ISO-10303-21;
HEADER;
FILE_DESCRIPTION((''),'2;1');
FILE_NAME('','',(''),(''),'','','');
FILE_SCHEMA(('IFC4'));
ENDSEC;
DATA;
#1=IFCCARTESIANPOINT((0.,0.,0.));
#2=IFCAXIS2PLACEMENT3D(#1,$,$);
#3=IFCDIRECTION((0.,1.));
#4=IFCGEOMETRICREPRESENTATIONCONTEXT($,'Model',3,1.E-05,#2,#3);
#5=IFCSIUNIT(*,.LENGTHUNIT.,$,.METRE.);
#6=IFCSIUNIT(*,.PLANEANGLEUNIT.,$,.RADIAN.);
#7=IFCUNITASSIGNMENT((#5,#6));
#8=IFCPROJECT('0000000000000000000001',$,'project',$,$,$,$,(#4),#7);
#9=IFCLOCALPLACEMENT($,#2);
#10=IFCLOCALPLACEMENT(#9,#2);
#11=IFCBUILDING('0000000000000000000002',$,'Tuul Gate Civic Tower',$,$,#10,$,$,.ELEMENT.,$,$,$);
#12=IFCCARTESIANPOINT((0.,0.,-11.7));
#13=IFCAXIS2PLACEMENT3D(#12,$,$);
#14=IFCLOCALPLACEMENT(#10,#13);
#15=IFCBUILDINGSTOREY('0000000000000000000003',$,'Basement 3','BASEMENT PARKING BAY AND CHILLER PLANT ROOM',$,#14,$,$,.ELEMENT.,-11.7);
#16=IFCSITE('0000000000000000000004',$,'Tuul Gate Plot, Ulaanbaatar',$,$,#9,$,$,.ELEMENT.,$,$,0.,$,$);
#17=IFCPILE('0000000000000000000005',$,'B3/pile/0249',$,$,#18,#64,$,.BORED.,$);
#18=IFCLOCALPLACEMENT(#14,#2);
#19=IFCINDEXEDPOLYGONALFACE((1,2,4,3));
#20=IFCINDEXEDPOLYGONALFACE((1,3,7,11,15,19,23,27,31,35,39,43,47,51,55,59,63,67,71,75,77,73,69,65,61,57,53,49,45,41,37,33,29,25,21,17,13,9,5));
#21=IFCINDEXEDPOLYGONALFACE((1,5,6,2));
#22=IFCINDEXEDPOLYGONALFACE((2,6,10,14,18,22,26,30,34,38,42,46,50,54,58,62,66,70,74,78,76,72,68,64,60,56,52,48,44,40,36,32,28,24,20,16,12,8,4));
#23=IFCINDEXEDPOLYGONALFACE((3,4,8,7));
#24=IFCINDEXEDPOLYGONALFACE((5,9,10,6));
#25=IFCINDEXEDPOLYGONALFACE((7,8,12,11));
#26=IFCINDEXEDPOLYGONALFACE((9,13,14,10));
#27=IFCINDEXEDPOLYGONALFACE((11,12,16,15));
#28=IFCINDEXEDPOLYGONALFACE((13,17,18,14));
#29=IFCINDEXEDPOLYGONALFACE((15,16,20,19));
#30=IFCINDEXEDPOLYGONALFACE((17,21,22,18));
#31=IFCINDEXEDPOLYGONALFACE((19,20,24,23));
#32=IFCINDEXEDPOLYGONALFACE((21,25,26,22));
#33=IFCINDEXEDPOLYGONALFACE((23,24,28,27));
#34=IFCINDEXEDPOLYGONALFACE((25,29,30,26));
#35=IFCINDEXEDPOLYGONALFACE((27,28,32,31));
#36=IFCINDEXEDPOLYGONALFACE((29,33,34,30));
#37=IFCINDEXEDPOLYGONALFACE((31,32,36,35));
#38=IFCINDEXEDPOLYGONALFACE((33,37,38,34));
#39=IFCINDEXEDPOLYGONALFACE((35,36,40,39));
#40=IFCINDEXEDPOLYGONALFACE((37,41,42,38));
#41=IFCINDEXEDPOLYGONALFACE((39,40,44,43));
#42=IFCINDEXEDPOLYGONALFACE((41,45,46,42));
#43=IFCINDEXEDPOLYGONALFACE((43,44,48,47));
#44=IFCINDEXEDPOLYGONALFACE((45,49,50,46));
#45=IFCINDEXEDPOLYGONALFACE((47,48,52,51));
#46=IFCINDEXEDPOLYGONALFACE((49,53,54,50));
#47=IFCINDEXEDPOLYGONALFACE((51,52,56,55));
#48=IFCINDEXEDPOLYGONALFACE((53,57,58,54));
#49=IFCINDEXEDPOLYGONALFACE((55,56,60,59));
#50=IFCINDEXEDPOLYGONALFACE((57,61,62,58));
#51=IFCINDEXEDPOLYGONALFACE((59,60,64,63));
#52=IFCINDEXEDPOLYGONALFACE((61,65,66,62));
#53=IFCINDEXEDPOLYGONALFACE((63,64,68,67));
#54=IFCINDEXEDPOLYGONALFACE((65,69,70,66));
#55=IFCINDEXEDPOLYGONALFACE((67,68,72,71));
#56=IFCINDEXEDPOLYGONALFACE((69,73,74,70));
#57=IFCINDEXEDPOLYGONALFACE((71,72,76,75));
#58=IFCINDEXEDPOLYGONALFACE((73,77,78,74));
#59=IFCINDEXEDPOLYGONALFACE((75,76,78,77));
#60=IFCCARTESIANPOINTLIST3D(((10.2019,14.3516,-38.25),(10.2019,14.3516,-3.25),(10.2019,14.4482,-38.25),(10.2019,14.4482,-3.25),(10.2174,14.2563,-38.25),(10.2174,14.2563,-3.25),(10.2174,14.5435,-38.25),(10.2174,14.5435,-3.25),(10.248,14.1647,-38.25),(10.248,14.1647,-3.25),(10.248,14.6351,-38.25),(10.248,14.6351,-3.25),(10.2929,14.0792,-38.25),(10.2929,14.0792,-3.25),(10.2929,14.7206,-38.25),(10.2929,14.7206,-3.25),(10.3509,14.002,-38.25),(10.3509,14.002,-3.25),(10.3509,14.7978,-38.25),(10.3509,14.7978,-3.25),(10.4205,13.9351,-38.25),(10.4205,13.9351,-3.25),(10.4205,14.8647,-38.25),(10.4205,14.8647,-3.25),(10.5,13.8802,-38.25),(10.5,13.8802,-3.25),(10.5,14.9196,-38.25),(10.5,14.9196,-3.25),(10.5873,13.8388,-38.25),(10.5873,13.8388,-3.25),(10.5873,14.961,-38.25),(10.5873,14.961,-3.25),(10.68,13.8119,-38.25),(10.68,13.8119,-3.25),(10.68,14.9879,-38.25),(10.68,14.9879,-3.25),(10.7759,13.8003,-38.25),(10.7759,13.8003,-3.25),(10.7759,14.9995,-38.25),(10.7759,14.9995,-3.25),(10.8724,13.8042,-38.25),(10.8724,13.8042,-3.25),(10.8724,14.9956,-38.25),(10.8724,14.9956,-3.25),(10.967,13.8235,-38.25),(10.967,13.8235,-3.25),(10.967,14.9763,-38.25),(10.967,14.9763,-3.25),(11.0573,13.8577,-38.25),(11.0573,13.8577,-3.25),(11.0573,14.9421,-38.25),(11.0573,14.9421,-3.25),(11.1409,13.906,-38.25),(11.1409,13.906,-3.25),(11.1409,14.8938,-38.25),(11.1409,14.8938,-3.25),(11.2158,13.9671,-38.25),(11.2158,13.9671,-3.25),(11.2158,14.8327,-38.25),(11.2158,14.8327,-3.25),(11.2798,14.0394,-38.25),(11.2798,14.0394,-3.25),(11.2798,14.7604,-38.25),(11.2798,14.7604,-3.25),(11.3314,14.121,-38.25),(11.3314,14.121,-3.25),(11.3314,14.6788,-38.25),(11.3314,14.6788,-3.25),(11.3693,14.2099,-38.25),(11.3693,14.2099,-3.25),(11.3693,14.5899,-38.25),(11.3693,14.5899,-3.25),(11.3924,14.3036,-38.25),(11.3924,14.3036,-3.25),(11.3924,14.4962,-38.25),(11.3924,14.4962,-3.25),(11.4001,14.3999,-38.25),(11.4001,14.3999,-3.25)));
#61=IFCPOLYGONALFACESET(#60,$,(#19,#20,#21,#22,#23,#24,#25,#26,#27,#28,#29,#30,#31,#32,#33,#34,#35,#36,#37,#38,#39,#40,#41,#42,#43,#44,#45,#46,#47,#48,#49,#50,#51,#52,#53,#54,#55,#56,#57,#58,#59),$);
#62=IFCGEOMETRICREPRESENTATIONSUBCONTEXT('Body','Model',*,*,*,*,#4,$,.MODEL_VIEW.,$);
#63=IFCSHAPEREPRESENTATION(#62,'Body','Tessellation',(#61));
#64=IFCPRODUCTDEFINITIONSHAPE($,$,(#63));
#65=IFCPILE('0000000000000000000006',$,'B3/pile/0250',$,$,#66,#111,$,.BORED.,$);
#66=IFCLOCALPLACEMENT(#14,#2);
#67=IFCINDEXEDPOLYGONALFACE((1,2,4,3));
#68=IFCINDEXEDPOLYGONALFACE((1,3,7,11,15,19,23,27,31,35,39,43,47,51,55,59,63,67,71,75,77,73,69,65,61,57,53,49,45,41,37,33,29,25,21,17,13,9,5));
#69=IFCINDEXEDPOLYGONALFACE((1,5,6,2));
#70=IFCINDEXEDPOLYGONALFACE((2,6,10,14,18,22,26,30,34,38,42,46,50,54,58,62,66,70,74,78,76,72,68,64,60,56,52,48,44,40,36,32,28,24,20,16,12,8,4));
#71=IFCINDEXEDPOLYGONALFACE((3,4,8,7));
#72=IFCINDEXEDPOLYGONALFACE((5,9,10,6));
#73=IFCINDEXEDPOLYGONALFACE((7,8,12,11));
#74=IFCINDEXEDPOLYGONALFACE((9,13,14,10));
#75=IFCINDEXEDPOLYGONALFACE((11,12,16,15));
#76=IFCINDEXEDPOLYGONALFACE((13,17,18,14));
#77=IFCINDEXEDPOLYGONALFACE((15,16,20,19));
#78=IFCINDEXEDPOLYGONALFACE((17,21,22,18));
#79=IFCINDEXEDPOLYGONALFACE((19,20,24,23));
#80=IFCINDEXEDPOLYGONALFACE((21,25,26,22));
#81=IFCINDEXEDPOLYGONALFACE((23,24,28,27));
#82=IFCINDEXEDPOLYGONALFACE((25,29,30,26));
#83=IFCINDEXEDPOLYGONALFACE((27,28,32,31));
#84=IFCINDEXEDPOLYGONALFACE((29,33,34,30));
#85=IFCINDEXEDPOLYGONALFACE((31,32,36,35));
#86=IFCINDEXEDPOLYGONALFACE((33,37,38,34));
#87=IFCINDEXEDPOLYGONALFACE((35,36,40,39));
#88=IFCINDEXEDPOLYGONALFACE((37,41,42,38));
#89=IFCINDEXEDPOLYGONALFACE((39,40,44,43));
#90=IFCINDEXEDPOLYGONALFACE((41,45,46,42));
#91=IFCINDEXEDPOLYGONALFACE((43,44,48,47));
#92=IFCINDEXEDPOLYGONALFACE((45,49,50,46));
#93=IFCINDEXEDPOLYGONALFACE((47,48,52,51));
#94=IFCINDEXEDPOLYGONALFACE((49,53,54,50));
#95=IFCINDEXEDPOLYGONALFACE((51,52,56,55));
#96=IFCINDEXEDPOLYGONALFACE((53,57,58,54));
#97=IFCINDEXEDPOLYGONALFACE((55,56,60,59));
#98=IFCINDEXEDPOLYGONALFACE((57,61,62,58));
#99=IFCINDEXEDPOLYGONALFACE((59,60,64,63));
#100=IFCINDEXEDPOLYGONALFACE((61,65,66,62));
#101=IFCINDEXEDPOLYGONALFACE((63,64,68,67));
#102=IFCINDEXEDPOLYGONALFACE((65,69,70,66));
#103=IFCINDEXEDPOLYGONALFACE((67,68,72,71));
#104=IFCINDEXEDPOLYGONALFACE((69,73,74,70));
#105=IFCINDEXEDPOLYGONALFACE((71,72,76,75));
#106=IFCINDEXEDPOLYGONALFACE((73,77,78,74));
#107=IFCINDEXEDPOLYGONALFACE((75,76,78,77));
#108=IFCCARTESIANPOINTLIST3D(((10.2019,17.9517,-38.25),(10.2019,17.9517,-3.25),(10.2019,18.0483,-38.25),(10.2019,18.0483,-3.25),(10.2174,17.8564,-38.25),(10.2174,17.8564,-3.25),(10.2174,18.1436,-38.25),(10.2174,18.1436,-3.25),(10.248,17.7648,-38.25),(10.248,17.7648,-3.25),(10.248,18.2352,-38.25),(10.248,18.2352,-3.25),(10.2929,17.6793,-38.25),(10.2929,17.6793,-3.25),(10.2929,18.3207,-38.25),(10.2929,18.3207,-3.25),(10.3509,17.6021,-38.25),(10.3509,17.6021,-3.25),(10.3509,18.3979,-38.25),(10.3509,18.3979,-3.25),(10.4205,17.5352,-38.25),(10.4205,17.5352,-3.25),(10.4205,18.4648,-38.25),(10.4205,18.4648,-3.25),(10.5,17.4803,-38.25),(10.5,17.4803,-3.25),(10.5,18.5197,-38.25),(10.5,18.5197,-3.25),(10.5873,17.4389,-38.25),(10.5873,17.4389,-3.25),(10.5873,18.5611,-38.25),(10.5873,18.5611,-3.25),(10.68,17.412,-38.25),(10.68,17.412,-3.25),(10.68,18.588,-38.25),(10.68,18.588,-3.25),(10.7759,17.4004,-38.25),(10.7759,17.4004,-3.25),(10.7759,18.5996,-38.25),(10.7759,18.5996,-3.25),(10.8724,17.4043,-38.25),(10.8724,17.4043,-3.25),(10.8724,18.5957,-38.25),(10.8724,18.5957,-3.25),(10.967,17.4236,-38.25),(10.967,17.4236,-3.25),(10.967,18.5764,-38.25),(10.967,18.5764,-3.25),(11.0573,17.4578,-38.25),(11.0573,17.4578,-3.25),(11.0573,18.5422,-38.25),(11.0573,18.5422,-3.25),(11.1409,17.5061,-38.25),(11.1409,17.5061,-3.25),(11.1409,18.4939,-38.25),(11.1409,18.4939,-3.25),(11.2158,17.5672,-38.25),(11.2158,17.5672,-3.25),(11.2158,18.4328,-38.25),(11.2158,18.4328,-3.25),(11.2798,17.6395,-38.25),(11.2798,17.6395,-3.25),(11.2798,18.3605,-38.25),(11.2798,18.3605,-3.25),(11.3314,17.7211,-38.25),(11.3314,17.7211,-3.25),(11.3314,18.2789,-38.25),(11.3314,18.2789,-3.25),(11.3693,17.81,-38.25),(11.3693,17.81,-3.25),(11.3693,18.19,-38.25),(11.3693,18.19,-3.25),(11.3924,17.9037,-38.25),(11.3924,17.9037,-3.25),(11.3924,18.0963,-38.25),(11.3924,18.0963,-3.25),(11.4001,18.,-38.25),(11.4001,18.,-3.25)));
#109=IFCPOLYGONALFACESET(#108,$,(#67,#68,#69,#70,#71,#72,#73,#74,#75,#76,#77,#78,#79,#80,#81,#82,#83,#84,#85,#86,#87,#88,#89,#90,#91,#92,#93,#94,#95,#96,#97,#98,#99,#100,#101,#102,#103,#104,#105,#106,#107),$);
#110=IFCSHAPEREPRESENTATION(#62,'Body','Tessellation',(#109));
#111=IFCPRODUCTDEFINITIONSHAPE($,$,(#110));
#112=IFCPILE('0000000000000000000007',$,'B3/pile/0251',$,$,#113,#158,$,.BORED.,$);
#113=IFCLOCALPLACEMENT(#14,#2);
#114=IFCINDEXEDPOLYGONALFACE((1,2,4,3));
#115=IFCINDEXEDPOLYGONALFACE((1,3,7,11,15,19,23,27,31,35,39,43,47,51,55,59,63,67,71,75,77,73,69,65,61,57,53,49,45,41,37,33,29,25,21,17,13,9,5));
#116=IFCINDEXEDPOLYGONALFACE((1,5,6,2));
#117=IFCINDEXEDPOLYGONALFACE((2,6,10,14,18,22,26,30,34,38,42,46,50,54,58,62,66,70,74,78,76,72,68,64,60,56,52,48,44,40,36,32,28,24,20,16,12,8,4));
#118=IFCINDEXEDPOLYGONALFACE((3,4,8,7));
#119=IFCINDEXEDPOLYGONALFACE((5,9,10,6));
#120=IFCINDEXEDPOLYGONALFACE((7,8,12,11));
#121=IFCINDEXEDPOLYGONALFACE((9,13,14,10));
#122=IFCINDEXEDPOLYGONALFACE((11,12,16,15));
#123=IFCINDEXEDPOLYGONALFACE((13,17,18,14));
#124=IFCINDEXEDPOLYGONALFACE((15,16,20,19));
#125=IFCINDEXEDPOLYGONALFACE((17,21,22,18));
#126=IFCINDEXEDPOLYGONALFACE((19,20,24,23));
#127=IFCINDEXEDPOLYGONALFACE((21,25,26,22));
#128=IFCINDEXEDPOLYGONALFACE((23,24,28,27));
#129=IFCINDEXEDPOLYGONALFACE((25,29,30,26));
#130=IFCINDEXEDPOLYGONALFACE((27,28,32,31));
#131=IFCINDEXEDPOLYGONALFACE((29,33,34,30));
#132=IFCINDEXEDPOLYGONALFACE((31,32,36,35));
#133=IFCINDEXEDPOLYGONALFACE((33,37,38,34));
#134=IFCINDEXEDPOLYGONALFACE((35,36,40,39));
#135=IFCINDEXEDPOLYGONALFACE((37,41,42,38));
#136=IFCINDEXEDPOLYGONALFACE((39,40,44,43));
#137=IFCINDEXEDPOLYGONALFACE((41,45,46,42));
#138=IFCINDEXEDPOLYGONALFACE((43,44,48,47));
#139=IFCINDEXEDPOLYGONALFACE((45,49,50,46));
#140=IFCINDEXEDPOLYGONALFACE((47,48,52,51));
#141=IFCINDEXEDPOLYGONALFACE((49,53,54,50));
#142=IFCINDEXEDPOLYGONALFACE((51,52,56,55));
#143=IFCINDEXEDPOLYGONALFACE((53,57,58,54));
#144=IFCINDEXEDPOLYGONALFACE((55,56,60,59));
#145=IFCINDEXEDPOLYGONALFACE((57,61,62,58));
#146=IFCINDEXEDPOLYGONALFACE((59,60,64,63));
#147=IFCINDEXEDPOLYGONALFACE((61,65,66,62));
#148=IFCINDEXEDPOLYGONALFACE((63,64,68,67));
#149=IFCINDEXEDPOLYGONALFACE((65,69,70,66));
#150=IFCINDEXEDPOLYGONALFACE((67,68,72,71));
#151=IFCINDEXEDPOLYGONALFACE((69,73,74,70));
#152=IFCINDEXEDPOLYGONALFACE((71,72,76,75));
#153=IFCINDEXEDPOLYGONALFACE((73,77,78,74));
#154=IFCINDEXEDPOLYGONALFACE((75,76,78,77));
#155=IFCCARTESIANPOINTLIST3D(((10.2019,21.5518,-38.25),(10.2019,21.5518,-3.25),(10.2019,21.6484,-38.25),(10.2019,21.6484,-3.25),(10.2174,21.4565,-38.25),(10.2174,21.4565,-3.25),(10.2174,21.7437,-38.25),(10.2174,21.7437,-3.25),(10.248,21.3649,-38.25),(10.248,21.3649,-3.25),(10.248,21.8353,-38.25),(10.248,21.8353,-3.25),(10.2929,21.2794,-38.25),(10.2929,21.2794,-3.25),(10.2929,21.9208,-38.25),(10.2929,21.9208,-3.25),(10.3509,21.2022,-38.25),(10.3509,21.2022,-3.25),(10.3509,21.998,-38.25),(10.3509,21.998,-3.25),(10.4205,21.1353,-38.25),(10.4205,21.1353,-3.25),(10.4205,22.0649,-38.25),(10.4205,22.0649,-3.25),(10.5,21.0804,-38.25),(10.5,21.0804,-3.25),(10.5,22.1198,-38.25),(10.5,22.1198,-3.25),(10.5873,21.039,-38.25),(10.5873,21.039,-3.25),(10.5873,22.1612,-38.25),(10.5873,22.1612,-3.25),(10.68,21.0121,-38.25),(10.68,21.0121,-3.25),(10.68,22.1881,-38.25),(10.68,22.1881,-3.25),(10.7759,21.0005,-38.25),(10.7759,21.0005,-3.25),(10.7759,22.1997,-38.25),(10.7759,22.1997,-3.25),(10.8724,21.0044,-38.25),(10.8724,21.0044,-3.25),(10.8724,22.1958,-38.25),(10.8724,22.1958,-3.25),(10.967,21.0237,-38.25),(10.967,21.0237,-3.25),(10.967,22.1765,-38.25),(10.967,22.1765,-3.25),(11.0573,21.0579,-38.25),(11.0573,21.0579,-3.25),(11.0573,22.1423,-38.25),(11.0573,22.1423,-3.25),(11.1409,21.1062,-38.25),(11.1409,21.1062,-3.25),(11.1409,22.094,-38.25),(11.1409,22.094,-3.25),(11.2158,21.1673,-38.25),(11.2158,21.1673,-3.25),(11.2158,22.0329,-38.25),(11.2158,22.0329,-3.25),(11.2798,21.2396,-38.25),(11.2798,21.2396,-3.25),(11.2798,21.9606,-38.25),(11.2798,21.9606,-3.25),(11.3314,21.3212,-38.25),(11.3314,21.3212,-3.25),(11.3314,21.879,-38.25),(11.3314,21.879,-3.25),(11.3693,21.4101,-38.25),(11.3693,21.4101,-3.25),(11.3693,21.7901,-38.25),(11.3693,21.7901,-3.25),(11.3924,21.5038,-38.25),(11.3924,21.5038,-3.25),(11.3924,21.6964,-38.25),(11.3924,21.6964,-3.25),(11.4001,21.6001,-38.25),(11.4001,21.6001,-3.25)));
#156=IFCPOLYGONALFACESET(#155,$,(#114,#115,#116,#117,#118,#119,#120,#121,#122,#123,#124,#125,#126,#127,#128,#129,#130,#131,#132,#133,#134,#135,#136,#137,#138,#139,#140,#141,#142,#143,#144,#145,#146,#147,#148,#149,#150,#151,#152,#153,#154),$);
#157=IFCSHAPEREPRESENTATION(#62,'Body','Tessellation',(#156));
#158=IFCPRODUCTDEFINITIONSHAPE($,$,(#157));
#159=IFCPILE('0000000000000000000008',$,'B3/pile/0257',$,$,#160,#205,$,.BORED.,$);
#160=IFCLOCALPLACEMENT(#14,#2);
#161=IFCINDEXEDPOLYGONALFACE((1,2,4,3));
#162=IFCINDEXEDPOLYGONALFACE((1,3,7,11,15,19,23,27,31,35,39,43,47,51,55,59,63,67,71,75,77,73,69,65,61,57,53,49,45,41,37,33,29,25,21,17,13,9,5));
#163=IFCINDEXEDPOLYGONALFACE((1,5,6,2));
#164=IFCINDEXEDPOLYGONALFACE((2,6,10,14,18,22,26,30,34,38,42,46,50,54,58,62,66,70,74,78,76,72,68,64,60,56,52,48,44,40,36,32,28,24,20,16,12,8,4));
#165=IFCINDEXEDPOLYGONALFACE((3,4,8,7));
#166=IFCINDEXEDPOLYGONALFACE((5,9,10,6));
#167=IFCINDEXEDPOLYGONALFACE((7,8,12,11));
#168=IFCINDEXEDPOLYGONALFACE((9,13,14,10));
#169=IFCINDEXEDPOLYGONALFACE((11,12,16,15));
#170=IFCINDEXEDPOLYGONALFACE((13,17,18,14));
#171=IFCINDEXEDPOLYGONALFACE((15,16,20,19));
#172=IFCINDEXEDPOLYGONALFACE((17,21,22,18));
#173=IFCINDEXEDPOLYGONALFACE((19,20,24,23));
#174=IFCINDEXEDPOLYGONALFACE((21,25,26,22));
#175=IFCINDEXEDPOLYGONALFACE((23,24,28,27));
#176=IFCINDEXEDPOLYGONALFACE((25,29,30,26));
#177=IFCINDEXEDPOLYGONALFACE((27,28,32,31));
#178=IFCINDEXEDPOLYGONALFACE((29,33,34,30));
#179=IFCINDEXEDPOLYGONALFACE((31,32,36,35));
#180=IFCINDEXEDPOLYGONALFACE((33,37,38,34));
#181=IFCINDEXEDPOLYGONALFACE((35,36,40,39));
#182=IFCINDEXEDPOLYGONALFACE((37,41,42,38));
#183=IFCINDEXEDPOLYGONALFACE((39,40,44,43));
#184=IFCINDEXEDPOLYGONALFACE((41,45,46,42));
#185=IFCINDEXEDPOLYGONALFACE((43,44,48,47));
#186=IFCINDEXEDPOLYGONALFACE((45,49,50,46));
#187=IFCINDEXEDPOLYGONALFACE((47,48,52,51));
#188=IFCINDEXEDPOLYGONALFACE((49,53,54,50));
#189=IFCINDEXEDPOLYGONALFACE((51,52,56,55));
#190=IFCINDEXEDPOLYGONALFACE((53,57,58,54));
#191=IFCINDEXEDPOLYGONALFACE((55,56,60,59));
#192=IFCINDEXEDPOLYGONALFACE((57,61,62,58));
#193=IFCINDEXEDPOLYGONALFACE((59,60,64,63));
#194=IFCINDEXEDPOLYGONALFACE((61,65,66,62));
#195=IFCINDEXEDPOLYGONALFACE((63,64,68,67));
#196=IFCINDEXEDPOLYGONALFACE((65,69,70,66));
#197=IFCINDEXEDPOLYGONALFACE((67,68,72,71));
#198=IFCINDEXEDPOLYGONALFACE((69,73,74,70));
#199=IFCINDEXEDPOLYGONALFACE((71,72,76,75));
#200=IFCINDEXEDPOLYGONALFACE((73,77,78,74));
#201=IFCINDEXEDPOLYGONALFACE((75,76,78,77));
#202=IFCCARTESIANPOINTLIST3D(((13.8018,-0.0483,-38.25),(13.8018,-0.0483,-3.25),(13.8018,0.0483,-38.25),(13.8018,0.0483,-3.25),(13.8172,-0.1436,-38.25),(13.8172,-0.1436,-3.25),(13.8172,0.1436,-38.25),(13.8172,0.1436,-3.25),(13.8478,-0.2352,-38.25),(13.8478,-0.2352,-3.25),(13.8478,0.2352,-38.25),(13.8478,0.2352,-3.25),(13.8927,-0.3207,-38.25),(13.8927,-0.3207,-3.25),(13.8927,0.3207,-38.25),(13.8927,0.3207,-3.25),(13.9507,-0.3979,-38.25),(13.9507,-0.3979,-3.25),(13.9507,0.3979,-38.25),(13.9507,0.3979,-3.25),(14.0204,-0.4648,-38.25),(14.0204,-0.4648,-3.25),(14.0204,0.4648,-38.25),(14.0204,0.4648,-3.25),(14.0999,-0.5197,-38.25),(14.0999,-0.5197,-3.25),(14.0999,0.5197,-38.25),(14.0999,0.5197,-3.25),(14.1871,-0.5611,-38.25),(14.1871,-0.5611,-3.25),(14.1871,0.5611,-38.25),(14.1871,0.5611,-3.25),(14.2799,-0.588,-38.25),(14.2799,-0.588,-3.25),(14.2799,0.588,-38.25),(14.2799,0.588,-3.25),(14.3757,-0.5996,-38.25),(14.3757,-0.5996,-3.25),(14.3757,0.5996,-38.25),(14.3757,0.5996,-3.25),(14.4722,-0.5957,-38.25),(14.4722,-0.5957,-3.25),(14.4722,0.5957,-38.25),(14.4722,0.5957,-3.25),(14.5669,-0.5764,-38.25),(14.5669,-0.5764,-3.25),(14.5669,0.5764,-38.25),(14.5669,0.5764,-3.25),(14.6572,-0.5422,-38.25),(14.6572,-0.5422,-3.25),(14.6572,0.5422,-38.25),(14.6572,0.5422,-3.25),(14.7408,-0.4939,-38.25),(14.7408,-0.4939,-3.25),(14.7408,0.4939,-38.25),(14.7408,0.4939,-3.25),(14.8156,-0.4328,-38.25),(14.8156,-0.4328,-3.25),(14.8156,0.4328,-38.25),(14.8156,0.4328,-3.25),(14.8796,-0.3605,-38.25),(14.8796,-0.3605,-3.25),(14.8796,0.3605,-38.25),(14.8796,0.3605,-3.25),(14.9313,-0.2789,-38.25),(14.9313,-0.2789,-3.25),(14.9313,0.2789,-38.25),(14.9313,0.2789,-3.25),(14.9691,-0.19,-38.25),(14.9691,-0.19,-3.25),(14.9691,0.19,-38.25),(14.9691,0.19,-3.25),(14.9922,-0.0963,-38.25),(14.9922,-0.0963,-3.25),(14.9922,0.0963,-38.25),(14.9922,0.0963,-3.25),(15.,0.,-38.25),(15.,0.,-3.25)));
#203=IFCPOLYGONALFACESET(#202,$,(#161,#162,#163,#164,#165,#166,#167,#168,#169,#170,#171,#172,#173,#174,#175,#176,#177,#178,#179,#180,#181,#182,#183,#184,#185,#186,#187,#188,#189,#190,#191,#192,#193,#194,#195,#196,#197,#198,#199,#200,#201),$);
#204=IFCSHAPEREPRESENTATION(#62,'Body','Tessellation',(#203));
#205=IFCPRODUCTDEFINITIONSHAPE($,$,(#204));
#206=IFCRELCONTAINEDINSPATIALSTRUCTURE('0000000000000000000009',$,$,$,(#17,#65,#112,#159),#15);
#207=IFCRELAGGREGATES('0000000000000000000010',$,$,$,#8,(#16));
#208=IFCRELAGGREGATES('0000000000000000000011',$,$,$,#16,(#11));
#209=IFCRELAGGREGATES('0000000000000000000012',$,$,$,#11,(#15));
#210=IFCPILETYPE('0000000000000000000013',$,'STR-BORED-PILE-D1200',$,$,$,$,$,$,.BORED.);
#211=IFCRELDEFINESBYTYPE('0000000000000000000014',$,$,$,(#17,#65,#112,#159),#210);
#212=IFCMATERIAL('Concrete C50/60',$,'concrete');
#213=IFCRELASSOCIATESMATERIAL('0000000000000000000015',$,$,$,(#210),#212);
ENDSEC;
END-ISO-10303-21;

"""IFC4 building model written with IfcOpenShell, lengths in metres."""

from ifc_helpers import new_model, si_unit, direction, frame, origin, origin_2d, place, context, subcontext, project, spatial, circle, extrude, material, material_profile, profile_set, type_object, element, save


model = new_model("IFC4")

# Units and contexts
model_context = context("Model", 3, precision=1e-05, world=origin(), true_north=direction((0.0, 1.0)))
body_context = subcontext(model_context, "Body", "Model", "MODEL_VIEW")
ifc_project = project(units=[si_unit("LENGTHUNIT", "METRE"), si_unit("PLANEANGLEUNIT", "RADIAN")], contexts=[model_context])

# Site, building, storey
site_placement = place(None, origin())
site = spatial("IfcSite", under=ifc_project, at=site_placement, Name="Tuul Gate Plot, Ulaanbaatar", CompositionType="ELEMENT", RefElevation=0.0)
building_placement = place(site_placement, origin())
building = spatial("IfcBuilding", under=site, at=building_placement, Name="Tuul Gate Civic Tower", CompositionType="ELEMENT")
storey_placement = place(building_placement, frame((0.0, 0.0, -11.7)))
storey = spatial("IfcBuildingStorey", under=building, at=storey_placement, Name="Basement 3", Description="BASEMENT PARKING BAY AND CHILLER PLANT ROOM", CompositionType="ELEMENT", Elevation=-11.7)

# Piles
ifc_material_1 = material(Name="Concrete C50/60", Category="concrete")
ifc_material_profile_1 = material_profile(ifc_material_1, circle(Radius=0.6001, at=origin_2d()), Name="PILE1200")
ifc_profile_set_1 = profile_set([ifc_material_profile_1], Name="Concrete C50/60")
pile_type = type_object("IfcPileType", Name="STR-BORED-PILE-D1200", PredefinedType="BORED", material=ifc_profile_set_1)
for number, where, z_axis, x_axis, name in (
    (1, (10.8, 14.3999, -3.25), (0.0, 0.0, -1.0), (1.0, 0.0, 0.0), "B3/pile/0249"),
    (2, (10.8, 18.0, -3.25), (0.0, 0.0, -1.0), (1.0, 0.0, 0.0), "B3/pile/0250"),
    (3, (10.8, 21.6001, -3.25), (0.0, 0.0, -1.0), (1.0, 0.0, 0.0), "B3/pile/0251"),
    (4, (14.3999, 0.0, -3.25), (0.0, 0.0, -1.0), (1.0, 0.0, 0.0), "B3/pile/0257"),
):
    element("IfcPile", number, at=place(storey_placement, frame(where, z_axis=z_axis, x_axis=x_axis)), inside=storey, type_object=pile_type, Name=name, PredefinedType="BORED", context=body_context, shape_type="SweptSolid", body=[
        extrude(circle(Radius=0.6001, at=origin_2d()), origin(), (0.0, 0.0, 1.0), 35.0),
    ])

save(model, "model.ifc")
